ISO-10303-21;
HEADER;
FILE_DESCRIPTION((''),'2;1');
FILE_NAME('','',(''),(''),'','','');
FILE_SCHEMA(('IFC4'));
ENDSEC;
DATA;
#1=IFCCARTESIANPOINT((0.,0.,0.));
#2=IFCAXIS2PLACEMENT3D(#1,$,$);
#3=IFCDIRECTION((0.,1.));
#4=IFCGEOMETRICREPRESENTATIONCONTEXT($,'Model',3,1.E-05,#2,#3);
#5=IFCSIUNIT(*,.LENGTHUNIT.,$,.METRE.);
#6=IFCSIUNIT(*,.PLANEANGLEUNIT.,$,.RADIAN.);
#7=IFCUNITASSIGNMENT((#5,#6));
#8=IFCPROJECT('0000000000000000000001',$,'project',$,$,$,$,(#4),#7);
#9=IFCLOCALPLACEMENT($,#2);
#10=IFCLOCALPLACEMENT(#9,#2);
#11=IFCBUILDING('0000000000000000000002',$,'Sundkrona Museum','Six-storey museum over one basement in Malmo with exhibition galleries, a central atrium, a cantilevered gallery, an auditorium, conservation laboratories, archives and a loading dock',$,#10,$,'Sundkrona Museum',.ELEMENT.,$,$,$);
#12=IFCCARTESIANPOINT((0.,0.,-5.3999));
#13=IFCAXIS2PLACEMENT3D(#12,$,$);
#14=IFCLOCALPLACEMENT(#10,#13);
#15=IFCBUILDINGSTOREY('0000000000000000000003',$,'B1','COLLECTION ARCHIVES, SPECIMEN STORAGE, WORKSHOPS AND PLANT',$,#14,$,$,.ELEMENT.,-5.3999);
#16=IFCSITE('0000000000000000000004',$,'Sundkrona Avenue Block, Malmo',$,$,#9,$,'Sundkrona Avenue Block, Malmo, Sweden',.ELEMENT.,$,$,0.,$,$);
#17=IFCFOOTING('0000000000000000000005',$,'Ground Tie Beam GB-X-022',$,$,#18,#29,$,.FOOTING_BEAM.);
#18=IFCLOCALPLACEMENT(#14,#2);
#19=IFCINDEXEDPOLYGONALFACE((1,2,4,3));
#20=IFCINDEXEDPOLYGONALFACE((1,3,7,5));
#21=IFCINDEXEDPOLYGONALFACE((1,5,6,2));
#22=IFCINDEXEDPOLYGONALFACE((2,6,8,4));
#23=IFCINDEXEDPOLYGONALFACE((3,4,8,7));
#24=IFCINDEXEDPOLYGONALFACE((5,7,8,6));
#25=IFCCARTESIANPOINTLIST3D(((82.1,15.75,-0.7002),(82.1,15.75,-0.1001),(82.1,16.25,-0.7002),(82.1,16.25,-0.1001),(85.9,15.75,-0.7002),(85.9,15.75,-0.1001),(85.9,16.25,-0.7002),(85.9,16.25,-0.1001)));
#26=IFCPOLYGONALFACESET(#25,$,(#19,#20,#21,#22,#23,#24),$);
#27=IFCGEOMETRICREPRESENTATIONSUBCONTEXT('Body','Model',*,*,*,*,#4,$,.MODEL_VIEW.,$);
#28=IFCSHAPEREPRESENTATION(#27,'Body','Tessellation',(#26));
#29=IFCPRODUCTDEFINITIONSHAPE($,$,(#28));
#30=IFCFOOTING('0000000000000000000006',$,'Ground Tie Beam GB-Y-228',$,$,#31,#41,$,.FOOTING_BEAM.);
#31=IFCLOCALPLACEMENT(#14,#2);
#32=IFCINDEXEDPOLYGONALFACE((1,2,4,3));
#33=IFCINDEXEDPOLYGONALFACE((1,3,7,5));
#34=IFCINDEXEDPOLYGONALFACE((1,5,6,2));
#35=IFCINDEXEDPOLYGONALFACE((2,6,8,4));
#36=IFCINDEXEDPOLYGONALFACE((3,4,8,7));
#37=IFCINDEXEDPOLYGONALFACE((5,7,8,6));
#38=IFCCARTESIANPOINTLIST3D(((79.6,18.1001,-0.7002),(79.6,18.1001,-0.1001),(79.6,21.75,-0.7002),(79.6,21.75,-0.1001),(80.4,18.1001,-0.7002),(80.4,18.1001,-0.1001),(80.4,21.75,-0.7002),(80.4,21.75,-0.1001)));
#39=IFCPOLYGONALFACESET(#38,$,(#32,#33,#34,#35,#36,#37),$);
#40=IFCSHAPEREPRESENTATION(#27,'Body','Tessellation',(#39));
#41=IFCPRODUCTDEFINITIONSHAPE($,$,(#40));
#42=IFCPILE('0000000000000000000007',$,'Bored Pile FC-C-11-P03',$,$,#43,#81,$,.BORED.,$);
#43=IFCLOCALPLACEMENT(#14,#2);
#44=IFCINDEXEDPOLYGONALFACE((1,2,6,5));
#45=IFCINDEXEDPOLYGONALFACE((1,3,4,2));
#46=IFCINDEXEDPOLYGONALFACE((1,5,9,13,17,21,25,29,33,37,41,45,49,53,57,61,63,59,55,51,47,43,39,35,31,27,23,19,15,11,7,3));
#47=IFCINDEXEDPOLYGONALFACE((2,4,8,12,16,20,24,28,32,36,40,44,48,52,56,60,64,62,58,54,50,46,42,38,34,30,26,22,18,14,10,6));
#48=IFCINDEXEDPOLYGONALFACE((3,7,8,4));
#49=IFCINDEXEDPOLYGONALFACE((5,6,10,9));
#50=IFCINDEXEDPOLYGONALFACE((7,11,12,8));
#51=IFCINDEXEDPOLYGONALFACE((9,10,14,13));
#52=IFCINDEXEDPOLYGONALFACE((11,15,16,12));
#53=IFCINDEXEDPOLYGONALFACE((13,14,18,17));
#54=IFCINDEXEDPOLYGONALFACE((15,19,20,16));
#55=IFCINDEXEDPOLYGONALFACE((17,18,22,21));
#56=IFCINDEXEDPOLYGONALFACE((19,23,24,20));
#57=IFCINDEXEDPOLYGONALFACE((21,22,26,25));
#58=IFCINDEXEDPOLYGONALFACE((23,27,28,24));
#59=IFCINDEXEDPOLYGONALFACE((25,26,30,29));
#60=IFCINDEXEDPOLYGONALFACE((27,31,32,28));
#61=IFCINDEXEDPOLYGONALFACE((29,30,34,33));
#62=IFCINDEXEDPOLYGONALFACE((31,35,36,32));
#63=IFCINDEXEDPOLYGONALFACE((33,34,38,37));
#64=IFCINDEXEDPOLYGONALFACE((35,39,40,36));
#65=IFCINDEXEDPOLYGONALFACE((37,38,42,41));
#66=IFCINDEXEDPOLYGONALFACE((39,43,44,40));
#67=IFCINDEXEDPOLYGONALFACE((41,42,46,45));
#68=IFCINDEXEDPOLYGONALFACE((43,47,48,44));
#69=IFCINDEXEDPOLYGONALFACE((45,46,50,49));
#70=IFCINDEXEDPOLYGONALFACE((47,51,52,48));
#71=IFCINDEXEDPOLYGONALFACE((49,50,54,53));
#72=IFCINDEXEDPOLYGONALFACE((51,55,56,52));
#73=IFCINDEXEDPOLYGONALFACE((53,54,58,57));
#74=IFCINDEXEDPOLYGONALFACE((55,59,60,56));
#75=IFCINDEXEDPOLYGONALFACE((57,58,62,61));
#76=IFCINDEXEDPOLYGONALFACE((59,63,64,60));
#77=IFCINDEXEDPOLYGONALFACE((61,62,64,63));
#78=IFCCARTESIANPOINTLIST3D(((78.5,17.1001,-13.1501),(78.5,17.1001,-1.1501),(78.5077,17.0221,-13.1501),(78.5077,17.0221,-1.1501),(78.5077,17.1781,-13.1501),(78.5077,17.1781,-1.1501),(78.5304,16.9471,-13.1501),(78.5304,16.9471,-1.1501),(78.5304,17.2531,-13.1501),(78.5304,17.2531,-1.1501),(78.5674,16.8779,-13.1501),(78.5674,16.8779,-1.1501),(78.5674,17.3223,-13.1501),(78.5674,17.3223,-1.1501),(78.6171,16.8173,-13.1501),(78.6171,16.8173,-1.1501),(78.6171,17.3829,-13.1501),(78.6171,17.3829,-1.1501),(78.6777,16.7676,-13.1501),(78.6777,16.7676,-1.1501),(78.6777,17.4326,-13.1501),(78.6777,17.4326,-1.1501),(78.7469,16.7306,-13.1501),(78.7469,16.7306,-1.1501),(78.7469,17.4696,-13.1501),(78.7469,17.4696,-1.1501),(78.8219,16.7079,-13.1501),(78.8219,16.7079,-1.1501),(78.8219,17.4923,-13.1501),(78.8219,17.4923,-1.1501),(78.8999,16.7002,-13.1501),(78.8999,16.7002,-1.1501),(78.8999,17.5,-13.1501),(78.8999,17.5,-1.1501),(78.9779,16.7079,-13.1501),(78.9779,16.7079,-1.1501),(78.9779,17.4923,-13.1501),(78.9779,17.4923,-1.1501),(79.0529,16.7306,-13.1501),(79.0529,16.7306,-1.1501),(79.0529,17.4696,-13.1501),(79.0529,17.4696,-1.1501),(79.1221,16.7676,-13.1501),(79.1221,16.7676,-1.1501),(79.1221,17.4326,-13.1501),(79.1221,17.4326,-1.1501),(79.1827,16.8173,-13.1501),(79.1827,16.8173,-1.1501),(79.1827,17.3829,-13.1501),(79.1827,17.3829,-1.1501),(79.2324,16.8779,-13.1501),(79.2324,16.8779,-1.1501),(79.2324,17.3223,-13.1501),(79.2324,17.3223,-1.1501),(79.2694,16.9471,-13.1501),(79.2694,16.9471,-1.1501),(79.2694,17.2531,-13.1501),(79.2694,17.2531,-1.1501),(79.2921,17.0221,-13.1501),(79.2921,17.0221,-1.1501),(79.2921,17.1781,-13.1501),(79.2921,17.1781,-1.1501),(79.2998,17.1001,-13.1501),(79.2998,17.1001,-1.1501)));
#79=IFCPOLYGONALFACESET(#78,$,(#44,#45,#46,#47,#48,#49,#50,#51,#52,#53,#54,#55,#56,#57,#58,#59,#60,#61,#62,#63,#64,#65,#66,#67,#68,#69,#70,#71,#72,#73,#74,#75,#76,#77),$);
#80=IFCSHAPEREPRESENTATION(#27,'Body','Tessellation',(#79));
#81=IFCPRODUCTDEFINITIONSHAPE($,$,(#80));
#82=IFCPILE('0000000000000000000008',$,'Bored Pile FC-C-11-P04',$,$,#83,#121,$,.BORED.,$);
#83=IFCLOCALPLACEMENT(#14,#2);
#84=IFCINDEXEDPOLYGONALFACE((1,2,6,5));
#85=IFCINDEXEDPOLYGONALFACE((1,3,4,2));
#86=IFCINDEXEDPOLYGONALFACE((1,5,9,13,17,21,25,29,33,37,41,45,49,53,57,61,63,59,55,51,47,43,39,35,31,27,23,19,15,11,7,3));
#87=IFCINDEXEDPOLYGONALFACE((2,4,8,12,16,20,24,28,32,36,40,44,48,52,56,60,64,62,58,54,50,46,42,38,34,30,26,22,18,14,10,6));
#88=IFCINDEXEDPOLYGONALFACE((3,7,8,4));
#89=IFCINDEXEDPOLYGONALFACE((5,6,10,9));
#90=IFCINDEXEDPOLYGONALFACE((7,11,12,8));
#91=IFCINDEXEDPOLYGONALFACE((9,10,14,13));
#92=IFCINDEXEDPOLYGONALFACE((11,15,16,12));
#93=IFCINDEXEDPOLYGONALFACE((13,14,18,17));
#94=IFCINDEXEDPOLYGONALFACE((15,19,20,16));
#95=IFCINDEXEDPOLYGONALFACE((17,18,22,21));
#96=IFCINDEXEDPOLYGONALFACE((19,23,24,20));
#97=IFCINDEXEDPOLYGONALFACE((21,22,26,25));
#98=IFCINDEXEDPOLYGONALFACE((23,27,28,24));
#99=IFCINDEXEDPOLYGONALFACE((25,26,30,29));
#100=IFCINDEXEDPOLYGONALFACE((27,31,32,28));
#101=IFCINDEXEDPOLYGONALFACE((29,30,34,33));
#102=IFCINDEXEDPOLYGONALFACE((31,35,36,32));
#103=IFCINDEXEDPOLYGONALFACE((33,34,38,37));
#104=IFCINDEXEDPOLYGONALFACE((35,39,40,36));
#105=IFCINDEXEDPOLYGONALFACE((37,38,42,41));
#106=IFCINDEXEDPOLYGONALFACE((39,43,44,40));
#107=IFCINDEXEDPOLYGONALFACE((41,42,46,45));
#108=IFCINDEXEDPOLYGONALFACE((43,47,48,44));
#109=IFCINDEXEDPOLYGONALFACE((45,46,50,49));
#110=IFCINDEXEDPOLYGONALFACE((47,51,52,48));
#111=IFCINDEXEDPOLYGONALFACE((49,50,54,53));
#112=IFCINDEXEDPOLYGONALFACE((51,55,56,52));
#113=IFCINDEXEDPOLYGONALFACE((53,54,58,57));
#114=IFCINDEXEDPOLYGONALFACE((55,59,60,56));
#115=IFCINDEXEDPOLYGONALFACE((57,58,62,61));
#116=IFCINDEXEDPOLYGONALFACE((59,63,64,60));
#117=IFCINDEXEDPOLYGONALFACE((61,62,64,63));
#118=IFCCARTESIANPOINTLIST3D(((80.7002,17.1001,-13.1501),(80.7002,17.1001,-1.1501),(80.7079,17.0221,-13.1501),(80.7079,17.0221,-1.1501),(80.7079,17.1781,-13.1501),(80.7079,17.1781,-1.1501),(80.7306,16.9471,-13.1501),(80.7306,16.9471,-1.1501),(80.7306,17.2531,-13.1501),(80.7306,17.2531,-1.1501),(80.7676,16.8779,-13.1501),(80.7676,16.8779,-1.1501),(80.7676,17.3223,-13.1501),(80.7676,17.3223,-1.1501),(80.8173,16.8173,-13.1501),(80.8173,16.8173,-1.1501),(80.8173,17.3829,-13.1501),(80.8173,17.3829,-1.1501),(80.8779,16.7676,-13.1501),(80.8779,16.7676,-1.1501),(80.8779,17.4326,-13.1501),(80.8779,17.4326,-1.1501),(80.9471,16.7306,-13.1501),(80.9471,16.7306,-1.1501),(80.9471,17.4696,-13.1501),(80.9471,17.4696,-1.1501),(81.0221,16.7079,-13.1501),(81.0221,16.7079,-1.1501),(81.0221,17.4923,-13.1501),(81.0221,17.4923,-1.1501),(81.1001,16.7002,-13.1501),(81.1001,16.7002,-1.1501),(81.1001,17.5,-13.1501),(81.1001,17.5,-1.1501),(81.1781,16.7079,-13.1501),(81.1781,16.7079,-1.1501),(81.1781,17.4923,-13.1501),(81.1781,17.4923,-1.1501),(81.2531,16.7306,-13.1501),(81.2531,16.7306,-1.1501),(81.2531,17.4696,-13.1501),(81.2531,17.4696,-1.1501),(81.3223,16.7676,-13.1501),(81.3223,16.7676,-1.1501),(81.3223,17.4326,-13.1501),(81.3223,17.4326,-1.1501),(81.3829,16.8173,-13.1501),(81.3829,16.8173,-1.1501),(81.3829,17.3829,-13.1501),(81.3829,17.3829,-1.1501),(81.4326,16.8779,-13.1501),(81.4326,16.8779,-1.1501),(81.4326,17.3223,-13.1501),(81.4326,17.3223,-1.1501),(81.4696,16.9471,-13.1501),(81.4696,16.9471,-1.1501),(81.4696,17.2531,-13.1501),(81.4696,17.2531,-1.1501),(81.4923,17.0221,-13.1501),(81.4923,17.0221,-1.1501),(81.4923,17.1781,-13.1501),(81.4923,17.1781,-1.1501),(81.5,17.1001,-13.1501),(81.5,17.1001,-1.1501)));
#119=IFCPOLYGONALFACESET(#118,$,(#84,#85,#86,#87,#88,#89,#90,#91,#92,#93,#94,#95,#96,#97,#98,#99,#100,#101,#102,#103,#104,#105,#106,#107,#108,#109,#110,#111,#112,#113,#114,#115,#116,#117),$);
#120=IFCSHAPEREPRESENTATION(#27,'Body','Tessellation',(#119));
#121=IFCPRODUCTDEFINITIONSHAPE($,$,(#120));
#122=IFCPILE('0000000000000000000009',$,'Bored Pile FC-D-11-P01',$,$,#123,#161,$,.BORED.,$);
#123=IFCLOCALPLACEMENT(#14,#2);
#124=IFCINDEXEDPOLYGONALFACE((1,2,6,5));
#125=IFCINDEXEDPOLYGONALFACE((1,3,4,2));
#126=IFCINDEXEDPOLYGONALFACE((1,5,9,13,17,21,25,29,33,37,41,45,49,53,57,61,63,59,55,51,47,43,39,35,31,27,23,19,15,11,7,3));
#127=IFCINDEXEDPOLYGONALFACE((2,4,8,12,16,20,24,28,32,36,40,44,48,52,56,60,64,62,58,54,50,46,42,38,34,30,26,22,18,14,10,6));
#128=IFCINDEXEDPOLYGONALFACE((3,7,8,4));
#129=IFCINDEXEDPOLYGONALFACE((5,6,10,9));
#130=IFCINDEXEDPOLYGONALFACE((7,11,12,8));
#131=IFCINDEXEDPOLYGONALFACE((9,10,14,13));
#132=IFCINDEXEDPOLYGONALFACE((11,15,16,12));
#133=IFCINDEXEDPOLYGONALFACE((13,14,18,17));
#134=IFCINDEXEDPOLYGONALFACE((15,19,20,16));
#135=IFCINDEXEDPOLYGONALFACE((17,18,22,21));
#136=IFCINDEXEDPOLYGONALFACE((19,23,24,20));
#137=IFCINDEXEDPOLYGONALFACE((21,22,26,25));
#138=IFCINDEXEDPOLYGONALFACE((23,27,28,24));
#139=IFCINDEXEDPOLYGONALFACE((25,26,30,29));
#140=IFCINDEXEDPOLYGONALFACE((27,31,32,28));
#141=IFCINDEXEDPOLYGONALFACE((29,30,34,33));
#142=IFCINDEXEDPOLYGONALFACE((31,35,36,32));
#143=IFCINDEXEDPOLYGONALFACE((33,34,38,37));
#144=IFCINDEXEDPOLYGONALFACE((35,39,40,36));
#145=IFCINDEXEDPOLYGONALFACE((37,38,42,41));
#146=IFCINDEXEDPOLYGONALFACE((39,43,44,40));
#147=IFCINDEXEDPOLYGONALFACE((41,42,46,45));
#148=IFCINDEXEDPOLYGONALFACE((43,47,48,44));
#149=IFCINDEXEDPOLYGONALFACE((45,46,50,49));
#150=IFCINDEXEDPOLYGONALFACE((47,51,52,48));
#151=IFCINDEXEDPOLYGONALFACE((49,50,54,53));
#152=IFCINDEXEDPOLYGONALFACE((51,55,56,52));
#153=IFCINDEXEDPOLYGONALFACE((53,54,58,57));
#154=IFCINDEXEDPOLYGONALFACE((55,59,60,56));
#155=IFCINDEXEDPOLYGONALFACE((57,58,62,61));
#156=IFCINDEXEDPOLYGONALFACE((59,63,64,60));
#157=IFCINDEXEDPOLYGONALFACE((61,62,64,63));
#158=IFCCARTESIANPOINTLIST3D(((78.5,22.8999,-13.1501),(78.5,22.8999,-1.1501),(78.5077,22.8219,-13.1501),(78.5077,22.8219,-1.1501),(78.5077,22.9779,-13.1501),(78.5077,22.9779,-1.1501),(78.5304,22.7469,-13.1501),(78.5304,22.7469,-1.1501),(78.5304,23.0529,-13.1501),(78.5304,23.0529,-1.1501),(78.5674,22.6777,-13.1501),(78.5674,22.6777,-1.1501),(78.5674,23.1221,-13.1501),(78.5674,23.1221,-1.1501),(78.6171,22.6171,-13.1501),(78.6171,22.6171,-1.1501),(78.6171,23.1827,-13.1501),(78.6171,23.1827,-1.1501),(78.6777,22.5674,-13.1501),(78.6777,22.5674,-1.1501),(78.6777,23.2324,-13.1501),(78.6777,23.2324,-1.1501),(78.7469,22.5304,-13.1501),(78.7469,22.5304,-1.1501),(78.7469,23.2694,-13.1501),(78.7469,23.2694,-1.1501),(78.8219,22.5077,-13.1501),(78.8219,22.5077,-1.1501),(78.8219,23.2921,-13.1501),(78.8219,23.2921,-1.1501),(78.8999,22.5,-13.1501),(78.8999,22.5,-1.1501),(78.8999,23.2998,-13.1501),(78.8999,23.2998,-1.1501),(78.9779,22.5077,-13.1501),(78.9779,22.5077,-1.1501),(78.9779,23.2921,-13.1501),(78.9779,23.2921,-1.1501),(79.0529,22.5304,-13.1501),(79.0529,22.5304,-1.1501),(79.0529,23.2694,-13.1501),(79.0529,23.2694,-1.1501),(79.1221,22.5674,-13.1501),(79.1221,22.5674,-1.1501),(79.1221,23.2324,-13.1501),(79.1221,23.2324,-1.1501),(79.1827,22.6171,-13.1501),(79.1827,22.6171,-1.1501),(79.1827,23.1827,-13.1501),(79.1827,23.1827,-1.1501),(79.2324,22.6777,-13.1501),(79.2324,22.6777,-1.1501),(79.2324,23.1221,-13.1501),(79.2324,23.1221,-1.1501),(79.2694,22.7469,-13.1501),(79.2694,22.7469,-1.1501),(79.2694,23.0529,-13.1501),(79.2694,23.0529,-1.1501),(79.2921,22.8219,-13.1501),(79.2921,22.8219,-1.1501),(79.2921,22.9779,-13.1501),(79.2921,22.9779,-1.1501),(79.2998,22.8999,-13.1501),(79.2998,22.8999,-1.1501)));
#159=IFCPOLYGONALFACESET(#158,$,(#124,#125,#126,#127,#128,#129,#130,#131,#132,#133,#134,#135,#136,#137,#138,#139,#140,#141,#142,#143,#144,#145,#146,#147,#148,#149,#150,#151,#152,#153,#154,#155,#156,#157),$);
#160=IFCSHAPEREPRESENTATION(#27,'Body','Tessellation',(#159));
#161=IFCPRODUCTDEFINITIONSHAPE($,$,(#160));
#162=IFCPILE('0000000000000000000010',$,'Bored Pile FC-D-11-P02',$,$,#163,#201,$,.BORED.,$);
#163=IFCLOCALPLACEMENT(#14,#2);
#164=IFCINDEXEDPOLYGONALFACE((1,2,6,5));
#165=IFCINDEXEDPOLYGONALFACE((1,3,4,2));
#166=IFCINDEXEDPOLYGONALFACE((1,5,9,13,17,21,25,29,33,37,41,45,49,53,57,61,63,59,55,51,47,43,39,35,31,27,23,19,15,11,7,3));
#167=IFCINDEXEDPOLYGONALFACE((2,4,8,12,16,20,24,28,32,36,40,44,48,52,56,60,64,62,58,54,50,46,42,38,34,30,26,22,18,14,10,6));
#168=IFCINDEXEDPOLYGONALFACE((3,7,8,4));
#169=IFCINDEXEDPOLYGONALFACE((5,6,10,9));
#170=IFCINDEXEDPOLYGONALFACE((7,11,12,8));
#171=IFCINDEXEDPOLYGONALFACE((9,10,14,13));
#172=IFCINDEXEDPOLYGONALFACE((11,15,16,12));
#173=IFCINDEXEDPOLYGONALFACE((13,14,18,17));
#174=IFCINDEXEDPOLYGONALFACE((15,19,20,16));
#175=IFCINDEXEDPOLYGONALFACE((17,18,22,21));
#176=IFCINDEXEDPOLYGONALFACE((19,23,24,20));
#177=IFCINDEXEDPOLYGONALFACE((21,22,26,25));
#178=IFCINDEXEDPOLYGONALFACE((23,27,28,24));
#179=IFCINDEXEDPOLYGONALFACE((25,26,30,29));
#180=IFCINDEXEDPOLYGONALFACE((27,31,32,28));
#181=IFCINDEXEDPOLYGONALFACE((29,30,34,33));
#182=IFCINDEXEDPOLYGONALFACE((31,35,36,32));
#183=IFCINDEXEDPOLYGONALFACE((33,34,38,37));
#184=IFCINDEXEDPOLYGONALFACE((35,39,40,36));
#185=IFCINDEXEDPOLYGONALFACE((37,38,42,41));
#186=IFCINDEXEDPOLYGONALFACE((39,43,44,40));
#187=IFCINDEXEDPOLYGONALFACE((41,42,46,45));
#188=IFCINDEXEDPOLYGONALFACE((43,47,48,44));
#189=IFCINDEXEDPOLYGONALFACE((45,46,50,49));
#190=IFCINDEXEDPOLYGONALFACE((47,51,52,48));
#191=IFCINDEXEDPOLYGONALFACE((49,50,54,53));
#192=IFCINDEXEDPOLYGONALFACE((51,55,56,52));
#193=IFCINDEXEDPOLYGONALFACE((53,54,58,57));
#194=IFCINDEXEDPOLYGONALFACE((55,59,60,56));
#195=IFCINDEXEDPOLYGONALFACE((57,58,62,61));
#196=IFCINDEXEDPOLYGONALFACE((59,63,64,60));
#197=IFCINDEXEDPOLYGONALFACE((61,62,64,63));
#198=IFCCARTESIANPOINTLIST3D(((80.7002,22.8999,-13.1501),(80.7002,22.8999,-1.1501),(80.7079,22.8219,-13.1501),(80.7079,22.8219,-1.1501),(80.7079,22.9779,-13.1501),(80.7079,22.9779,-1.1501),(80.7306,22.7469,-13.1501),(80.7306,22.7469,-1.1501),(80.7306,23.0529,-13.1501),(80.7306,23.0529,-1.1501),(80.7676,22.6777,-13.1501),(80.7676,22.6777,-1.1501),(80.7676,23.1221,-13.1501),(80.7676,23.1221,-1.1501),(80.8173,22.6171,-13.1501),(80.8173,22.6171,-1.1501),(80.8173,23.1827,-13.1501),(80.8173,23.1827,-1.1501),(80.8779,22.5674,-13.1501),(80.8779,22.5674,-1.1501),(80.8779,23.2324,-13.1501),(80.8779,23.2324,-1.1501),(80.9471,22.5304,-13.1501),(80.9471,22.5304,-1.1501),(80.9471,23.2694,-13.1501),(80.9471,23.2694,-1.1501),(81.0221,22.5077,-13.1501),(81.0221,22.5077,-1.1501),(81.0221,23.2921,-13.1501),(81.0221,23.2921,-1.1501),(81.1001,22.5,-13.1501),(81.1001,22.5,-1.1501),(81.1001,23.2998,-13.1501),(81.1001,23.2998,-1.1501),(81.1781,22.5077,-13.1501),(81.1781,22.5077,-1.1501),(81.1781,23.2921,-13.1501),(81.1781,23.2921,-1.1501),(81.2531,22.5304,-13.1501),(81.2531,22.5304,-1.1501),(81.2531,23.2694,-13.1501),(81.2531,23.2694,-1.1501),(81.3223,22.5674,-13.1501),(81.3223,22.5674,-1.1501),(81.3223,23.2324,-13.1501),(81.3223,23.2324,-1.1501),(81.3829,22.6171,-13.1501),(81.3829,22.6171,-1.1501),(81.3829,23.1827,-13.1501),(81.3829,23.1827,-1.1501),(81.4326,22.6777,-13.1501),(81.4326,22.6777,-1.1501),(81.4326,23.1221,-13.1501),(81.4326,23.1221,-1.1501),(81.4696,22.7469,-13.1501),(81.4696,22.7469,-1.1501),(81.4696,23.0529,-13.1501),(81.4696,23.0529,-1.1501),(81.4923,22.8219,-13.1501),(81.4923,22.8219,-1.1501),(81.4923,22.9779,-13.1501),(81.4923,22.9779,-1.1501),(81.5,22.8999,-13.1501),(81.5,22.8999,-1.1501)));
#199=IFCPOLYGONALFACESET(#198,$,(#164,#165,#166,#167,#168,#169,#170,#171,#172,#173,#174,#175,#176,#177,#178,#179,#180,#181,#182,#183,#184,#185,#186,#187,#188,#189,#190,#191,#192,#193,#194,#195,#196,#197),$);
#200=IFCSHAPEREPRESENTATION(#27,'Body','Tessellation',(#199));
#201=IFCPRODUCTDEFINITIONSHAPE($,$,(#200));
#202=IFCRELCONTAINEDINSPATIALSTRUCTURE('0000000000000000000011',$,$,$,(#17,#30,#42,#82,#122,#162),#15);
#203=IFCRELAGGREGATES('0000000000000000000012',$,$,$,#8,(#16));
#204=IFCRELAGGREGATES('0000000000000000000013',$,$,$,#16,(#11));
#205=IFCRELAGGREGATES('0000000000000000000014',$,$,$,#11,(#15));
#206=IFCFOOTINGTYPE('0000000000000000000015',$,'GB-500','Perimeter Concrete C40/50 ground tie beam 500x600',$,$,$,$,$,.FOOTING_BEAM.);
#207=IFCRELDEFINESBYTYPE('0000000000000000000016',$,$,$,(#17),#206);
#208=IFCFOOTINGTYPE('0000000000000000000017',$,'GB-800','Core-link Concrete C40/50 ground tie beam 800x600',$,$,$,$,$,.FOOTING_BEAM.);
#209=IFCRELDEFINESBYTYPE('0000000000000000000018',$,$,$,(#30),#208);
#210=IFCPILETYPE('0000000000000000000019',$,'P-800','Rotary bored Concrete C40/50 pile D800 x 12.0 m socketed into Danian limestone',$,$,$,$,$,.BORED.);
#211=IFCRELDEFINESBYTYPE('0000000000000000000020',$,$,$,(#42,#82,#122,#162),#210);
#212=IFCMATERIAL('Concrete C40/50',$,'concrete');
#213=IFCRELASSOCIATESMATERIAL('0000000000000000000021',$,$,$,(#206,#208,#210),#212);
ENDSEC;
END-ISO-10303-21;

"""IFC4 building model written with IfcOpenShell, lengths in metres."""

from ifc_helpers import new_model, si_unit, direction, frame, origin, origin_2d, place, context, subcontext, project, spatial, rectangle, circle, extrude, material, material_profile, profile_set, type_object, element, save


model = new_model("IFC4")

# Units and contexts
model_context = context("Model", 3, precision=1e-05, world=origin(), true_north=direction((0.0, 1.0)))
body_context = subcontext(model_context, "Body", "Model", "MODEL_VIEW")
ifc_project = project(units=[si_unit("LENGTHUNIT", "METRE"), si_unit("PLANEANGLEUNIT", "RADIAN")], contexts=[model_context])

# Site, building, storey
site_placement = place(None, origin())
site = spatial("IfcSite", under=ifc_project, at=site_placement, Name="Sundkrona Avenue Block, Malmo", LongName="Sundkrona Avenue Block, Malmo, Sweden", CompositionType="ELEMENT", RefElevation=0.0)
building_placement = place(site_placement, origin())
building = spatial("IfcBuilding", under=site, at=building_placement, Name="Sundkrona Museum", Description="Six-storey museum over one basement in Malmo with exhibition galleries, a central atrium, a cantilevered gallery, an auditorium, conservation laboratories, archives and a loading dock", LongName="Sundkrona Museum", CompositionType="ELEMENT")
storey_placement = place(building_placement, frame((0.0, 0.0, -5.3999)))
storey = spatial("IfcBuildingStorey", under=building, at=storey_placement, Name="B1", Description="COLLECTION ARCHIVES, SPECIMEN STORAGE, WORKSHOPS AND PLANT", CompositionType="ELEMENT", Elevation=-5.3999)

# Footings
ifc_material_1 = material(Name="Concrete C40/50", Category="concrete")
footing_type_1 = type_object("IfcFootingType", Name="GB-500", Description="Perimeter Concrete C40/50 ground tie beam 500x600", PredefinedType="FOOTING_BEAM", material=ifc_material_1)
footing_1_placement = place(storey_placement, frame((84.0, 16.0, -0.7002), z_axis=(0.0, 0.0, 1.0), x_axis=(1.0, 0.0, 0.0)))
element("IfcFooting", 1, at=footing_1_placement, inside=storey, type_object=footing_type_1, Name="Ground Tie Beam GB-X-022", PredefinedType="FOOTING_BEAM", context=body_context, shape_type="SweptSolid", body=[
    extrude(rectangle(XDim=3.8, YDim=0.5, at=origin_2d()), origin(), (0.0, 0.0, 1.0), 0.6001),
])
footing_type_2 = type_object("IfcFootingType", Name="GB-800", Description="Core-link Concrete C40/50 ground tie beam 800x600", PredefinedType="FOOTING_BEAM", material=ifc_material_1)
footing_2_placement = place(storey_placement, frame((80.0, 19.925, -0.7002), z_axis=(0.0, 0.0, 1.0), x_axis=(0.0, 1.0, 0.0)))
element("IfcFooting", 2, at=footing_2_placement, inside=storey, type_object=footing_type_2, Name="Ground Tie Beam GB-Y-228", PredefinedType="FOOTING_BEAM", context=body_context, shape_type="SweptSolid", body=[
    extrude(rectangle(XDim=3.6499, YDim=0.8, at=origin_2d()), origin(), (0.0, 0.0, 1.0), 0.6001),
])

# Piles
ifc_material_profile_1 = material_profile(ifc_material_1, circle(Radius=0.3999, at=origin_2d()), Name="PILE D800")
ifc_profile_set_1 = profile_set([ifc_material_profile_1], Name="Concrete C40/50")
pile_type = type_object("IfcPileType", Name="P-800", Description="Rotary bored Concrete C40/50 pile D800 x 12.0 m socketed into Danian limestone", PredefinedType="BORED", material=ifc_profile_set_1)
for number, where, z_axis, x_axis, name in (
    (3, (78.8999, 17.1001, -1.1501), (0.0, 0.0, -1.0), (1.0, 0.0, 0.0), "Bored Pile FC-C-11-P03"),
    (4, (81.1001, 17.1001, -1.1501), (0.0, 0.0, -1.0), (1.0, 0.0, 0.0), "Bored Pile FC-C-11-P04"),
    (5, (78.8999, 22.8999, -1.1501), (0.0, 0.0, -1.0), (1.0, 0.0, 0.0), "Bored Pile FC-D-11-P01"),
    (6, (81.1001, 22.8999, -1.1501), (0.0, 0.0, -1.0), (1.0, 0.0, 0.0), "Bored Pile FC-D-11-P02"),
):
    element("IfcPile", number, at=place(storey_placement, frame(where, z_axis=z_axis, x_axis=x_axis)), inside=storey, type_object=pile_type, Name=name, PredefinedType="BORED", context=body_context, shape_type="SweptSolid", body=[
        extrude(circle(Radius=0.3999, at=origin_2d()), origin(), (0.0, 0.0, 1.0), 12.0),
    ])

save(model, "model.ifc")
